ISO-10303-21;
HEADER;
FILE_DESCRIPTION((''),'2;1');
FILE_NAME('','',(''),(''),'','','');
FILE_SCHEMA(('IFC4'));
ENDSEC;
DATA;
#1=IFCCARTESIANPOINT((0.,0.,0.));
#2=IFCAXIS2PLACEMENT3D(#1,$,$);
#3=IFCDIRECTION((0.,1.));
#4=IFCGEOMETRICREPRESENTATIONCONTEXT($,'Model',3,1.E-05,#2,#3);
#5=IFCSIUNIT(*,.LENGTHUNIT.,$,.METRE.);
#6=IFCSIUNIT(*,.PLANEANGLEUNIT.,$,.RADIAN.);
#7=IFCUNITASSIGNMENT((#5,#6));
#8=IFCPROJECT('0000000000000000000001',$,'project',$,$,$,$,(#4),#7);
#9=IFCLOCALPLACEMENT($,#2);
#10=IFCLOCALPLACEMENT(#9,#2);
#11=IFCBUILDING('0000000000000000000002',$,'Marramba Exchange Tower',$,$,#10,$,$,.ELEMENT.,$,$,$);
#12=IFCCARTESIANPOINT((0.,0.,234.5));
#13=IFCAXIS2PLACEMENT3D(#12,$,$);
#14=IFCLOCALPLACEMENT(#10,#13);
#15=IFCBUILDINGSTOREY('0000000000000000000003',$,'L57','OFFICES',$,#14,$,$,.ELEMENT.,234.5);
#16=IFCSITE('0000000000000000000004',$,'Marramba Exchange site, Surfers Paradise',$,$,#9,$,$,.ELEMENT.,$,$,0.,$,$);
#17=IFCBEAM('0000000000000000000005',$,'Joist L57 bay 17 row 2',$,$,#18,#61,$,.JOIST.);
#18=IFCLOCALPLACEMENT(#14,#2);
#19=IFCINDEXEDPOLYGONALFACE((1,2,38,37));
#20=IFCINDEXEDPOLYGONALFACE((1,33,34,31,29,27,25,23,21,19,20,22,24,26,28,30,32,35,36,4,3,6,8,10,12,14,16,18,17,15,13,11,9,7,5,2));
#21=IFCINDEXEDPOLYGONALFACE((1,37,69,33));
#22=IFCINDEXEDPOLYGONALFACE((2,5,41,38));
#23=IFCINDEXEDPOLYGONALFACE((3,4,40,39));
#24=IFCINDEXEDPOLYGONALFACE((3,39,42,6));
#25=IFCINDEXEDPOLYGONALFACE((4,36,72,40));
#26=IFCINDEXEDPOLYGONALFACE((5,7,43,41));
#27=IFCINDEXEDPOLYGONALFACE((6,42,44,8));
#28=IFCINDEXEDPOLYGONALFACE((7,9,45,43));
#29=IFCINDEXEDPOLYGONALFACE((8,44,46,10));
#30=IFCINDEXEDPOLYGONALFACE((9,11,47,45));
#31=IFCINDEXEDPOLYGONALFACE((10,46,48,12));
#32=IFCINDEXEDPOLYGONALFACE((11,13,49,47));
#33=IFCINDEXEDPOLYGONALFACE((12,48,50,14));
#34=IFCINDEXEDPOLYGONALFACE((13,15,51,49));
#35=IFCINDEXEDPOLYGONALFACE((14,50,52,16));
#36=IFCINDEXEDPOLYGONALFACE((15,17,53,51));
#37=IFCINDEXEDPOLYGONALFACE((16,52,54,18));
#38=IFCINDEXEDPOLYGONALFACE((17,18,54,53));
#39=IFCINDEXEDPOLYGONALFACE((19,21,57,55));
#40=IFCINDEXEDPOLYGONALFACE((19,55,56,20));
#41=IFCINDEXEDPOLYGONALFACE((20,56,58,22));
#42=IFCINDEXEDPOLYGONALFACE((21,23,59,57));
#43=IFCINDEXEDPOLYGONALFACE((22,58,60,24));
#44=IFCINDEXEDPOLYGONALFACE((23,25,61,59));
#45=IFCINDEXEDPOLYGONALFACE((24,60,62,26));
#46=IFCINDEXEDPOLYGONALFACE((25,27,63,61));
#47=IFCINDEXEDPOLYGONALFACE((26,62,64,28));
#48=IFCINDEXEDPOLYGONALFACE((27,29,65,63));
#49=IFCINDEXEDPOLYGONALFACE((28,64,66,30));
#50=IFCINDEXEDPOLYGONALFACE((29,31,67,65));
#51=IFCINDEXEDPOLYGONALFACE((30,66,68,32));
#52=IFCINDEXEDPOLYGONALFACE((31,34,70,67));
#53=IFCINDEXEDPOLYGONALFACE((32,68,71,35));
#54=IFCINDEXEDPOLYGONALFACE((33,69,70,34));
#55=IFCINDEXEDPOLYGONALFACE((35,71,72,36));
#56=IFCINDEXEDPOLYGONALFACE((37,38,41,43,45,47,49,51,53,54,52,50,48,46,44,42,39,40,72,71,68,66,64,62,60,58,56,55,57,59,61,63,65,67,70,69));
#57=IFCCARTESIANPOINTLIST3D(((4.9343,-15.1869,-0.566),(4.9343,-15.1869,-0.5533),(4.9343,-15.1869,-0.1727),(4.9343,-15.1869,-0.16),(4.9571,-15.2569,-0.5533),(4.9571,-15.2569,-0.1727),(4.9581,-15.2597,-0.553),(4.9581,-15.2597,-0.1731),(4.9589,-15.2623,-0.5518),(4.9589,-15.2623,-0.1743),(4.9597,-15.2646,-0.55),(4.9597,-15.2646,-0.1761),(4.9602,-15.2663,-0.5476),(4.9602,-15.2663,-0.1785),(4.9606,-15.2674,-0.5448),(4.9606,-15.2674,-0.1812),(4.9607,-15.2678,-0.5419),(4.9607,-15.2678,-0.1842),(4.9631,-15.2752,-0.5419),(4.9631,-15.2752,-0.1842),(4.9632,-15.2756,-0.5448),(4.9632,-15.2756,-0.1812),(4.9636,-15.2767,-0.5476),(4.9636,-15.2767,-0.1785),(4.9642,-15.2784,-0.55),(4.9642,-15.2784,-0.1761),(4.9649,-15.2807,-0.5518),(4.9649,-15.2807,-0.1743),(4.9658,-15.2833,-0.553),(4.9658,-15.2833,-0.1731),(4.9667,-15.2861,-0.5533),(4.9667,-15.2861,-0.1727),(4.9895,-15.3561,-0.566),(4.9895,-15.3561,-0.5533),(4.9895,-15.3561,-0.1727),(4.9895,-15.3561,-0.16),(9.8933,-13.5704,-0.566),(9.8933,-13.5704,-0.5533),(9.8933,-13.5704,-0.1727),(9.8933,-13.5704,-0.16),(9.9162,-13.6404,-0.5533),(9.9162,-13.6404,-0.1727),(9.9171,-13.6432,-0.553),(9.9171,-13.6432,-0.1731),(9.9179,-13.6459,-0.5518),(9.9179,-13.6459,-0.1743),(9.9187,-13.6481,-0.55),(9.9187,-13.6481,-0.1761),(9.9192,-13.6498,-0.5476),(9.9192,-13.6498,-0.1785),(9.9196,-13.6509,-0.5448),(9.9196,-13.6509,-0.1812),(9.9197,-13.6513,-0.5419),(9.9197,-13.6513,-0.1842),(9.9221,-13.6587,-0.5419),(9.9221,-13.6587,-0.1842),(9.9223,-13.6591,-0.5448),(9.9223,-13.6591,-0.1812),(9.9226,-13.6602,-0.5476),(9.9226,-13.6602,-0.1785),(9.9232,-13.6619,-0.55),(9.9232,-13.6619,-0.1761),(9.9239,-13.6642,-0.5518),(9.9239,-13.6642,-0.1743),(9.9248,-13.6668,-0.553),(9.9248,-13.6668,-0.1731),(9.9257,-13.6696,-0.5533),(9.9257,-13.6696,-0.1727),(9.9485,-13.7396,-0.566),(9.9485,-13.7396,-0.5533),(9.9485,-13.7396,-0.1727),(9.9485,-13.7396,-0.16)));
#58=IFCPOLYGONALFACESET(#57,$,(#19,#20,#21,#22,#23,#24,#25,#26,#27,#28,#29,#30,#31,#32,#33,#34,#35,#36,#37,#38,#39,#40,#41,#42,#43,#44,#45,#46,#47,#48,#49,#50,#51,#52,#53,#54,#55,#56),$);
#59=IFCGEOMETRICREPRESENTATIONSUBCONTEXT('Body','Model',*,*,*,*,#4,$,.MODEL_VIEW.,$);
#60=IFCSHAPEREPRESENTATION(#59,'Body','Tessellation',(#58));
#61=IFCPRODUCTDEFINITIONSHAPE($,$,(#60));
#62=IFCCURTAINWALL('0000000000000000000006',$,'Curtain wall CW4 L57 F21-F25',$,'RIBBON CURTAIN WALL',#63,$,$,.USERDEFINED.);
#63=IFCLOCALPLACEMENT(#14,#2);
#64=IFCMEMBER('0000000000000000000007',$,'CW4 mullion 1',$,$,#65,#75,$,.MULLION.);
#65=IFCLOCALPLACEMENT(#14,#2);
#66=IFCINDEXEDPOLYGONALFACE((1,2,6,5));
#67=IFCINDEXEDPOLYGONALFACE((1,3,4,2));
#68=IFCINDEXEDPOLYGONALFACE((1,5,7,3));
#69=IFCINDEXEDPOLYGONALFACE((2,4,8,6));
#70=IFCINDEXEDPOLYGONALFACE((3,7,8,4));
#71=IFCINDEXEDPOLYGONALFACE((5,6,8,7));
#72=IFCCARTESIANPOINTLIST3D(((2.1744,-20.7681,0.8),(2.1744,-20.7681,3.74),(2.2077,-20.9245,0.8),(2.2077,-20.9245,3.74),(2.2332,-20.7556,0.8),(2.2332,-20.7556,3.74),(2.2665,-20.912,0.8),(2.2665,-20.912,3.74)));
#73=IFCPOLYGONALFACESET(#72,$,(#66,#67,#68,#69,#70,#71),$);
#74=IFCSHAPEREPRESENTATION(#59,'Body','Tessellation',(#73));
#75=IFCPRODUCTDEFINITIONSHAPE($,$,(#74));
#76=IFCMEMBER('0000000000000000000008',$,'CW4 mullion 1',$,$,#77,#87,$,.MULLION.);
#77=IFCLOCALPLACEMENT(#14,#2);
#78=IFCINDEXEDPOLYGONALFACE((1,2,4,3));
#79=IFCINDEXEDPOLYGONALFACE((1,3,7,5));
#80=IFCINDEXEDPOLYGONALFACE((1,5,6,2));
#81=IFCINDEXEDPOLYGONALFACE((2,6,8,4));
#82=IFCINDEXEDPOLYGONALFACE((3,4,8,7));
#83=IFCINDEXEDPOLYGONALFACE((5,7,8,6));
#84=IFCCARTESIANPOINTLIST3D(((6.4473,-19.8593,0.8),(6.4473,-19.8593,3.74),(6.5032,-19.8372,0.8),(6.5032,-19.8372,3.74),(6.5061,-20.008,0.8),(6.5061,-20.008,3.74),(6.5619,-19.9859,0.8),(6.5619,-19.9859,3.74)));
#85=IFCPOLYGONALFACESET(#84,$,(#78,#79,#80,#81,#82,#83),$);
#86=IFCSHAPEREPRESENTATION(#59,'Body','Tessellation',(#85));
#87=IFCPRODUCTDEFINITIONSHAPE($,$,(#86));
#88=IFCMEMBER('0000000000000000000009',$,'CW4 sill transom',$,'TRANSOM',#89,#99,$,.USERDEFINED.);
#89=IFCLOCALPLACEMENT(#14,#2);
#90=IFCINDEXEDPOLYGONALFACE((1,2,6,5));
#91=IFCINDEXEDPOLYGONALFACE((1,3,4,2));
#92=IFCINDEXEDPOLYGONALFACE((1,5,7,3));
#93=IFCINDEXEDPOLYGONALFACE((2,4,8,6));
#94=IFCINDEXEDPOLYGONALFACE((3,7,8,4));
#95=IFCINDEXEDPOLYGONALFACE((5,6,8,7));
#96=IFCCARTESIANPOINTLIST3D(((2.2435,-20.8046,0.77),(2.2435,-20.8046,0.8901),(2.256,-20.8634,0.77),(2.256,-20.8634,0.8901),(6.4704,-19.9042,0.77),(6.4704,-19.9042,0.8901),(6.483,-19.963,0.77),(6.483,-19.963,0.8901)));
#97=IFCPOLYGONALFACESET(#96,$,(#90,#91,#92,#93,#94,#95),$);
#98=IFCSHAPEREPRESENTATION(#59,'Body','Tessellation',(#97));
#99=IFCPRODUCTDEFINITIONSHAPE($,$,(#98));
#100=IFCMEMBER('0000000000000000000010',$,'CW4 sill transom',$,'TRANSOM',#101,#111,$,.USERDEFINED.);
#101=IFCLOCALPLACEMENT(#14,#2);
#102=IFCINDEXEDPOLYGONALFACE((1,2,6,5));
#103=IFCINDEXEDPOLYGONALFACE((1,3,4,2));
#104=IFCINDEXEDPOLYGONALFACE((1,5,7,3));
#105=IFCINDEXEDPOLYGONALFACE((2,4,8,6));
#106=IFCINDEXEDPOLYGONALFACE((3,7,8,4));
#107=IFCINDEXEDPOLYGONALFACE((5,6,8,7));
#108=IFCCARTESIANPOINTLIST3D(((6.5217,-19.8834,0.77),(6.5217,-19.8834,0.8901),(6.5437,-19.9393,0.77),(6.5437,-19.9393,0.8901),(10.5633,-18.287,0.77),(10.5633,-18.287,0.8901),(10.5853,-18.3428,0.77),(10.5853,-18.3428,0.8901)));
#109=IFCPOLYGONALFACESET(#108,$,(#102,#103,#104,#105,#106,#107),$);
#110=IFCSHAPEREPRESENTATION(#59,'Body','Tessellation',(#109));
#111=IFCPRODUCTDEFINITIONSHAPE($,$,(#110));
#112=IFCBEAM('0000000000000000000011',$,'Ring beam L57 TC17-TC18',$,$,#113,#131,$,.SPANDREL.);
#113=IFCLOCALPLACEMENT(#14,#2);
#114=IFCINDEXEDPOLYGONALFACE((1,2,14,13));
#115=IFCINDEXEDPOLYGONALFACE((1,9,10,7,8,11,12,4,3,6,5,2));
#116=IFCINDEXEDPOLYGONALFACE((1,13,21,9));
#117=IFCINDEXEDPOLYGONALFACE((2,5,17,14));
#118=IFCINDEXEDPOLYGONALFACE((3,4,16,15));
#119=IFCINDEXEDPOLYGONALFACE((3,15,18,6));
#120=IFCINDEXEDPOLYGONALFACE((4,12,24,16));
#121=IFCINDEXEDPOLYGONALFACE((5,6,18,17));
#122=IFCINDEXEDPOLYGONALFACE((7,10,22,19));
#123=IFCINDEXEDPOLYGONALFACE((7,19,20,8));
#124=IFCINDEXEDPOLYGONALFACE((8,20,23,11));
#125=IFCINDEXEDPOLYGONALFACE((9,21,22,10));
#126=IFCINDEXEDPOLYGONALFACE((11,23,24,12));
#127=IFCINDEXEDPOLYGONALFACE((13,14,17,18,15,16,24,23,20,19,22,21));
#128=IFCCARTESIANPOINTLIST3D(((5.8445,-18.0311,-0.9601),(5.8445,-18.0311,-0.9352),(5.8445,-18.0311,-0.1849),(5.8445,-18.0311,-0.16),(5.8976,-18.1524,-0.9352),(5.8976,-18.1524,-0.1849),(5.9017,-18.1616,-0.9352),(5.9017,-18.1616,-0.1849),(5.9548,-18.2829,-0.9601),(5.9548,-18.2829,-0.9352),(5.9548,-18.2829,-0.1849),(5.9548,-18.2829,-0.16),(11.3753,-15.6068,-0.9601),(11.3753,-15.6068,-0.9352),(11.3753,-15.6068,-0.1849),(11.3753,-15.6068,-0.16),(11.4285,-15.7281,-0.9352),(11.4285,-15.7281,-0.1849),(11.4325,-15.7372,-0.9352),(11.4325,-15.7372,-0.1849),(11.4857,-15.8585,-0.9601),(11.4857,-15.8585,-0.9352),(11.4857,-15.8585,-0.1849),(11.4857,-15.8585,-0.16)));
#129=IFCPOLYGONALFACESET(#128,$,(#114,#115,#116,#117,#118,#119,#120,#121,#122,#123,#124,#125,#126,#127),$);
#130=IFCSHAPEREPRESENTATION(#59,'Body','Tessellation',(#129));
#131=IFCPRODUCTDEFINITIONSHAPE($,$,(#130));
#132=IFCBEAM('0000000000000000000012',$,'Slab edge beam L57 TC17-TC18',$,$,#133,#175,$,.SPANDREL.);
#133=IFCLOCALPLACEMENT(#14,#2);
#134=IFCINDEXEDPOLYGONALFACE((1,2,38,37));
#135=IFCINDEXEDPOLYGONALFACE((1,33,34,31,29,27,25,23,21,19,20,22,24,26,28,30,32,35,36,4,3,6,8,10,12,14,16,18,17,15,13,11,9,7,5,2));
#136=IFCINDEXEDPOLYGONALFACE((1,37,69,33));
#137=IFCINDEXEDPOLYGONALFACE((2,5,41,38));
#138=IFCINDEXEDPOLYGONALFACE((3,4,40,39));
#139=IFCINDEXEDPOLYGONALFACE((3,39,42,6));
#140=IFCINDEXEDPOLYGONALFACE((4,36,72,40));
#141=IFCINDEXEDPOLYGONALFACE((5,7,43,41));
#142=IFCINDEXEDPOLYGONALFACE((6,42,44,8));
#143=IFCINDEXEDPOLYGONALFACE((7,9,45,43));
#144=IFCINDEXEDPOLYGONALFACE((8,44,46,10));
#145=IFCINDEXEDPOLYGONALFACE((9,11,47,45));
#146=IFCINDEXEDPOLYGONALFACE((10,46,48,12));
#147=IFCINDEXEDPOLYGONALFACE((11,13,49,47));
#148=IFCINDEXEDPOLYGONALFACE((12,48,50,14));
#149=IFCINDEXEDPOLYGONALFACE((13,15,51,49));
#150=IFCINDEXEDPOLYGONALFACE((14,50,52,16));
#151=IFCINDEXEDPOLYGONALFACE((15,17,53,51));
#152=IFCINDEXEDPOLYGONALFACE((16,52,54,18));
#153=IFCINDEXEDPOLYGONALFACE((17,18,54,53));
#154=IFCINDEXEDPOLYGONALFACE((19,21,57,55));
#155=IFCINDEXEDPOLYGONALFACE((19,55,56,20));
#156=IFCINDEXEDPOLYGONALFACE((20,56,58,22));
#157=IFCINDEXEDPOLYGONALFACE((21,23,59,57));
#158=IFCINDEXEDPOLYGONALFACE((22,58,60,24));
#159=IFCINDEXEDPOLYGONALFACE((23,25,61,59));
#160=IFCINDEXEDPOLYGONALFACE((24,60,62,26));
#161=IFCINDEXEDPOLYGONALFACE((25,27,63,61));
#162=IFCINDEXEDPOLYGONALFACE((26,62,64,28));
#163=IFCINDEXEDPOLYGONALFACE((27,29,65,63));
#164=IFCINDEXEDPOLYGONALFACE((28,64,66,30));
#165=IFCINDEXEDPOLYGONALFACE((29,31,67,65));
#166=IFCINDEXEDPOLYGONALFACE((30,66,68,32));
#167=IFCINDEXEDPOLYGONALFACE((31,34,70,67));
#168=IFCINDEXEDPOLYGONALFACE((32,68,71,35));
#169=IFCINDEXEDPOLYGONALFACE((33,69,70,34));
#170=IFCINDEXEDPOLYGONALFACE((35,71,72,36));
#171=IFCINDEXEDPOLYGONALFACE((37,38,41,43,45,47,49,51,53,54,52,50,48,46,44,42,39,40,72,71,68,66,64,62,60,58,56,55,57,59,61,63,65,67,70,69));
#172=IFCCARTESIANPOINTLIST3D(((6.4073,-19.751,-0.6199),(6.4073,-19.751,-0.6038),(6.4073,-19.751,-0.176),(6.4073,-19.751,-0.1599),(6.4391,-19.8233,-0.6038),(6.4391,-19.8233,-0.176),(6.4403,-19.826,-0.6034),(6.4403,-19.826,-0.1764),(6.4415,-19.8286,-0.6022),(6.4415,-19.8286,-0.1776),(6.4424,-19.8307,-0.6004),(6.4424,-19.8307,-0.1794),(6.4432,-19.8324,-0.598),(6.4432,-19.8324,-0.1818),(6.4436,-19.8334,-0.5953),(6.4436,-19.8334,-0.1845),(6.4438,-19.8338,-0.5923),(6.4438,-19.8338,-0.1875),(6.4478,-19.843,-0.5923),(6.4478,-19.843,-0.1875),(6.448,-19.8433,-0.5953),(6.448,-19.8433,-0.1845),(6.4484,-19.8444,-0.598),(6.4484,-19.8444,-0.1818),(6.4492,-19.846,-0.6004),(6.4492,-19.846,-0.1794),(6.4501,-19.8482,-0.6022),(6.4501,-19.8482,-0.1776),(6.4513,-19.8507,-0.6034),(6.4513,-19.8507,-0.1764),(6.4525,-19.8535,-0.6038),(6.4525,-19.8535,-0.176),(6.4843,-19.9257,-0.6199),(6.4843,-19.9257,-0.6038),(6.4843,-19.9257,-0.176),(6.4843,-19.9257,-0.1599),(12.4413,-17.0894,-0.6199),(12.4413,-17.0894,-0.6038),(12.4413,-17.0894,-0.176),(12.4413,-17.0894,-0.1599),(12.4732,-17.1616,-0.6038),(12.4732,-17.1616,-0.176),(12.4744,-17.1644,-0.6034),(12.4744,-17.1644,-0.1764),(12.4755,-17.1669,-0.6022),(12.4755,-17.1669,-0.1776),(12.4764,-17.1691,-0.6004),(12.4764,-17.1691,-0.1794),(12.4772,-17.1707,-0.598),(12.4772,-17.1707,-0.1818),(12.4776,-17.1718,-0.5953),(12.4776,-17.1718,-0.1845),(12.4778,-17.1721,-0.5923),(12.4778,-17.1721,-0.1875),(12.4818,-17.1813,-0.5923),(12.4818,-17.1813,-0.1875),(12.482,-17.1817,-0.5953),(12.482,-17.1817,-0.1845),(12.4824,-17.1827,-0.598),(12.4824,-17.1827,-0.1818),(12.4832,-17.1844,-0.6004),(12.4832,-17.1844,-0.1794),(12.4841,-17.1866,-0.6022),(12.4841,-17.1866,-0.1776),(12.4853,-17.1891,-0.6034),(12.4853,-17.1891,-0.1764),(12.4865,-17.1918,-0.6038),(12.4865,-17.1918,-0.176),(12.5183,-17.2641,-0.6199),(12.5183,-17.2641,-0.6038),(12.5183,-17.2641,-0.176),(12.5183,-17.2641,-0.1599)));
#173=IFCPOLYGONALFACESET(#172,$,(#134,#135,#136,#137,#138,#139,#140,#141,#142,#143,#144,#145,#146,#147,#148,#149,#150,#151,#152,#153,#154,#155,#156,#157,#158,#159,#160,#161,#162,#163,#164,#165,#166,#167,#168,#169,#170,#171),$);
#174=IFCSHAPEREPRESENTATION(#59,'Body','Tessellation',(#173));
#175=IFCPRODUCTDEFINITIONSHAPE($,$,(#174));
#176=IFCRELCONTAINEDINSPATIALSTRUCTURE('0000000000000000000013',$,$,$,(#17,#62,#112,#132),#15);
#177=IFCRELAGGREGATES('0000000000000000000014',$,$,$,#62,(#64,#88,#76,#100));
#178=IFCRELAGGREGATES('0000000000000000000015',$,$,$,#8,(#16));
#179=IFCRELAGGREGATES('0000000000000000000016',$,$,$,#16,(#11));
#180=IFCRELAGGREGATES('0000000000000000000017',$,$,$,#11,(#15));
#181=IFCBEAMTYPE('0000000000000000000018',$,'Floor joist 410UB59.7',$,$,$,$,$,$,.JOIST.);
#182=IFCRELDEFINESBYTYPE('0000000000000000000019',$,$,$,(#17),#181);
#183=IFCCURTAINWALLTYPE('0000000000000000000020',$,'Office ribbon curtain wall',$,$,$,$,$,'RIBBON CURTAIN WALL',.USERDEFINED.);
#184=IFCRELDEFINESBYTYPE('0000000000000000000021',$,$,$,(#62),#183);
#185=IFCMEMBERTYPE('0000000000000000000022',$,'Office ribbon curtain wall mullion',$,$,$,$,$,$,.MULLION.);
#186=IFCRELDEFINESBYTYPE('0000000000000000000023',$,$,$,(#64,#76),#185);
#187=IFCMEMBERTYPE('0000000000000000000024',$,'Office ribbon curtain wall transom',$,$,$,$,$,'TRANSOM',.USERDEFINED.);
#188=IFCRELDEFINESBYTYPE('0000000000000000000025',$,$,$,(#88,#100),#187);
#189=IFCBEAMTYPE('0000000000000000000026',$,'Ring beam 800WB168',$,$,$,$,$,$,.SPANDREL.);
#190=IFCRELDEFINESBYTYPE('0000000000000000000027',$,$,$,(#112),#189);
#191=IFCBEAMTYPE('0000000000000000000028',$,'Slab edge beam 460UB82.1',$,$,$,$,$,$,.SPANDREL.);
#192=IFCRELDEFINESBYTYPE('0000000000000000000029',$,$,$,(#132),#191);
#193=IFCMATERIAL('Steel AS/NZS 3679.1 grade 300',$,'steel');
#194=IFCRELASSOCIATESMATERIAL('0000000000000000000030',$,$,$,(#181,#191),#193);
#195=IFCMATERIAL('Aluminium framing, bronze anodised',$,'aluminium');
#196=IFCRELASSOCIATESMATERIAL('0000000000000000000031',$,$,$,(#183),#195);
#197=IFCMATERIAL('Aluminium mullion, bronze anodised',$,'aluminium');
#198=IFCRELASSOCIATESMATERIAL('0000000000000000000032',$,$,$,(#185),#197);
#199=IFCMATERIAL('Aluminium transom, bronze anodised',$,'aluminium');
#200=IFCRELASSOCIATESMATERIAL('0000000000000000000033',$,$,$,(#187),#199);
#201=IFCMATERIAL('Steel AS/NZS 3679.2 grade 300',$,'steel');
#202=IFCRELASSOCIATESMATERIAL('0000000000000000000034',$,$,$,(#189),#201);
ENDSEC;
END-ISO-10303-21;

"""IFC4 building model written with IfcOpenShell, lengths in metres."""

from ifc_helpers import new_model, si_unit, direction, frame, origin, origin_2d, place, context, subcontext, project, spatial, rectangle, i_section, extrude, material, material_profile, profile_set, type_object, element, aggregate, save


model = new_model("IFC4")

# Units and contexts
model_context = context("Model", 3, precision=1e-05, world=origin(), true_north=direction((0.0, 1.0)))
body_context = subcontext(model_context, "Body", "Model", "MODEL_VIEW")
ifc_project = project(units=[si_unit("LENGTHUNIT", "METRE"), si_unit("PLANEANGLEUNIT", "RADIAN")], contexts=[model_context])

# Site, building, storey
site_placement = place(None, origin())
site = spatial("IfcSite", under=ifc_project, at=site_placement, Name="Marramba Exchange site, Surfers Paradise", CompositionType="ELEMENT", RefElevation=0.0)
building_placement = place(site_placement, origin())
building = spatial("IfcBuilding", under=site, at=building_placement, Name="Marramba Exchange Tower", CompositionType="ELEMENT")
storey_placement = place(building_placement, frame((0.0, 0.0, 234.5)))
storey = spatial("IfcBuildingStorey", under=building, at=storey_placement, Name="L57", Description="OFFICES", CompositionType="ELEMENT", Elevation=234.5)

# Beam
ifc_material_1 = material(Name="Steel AS/NZS 3679.2 grade 300", Category="steel")
ifc_material_2 = material(Name="Steel AS/NZS 3679.1 grade 300", Category="steel")
ifc_material_profile_1 = material_profile(ifc_material_2, i_section(OverallWidth=0.178, OverallDepth=0.406, WebThickness=0.0078, FlangeThickness=0.0127, FilletRadius=0.0115, at=origin_2d()), Name="410UB59.7")
ifc_profile_set_1 = profile_set([ifc_material_profile_1], Name="Steel AS/NZS 3679.1 grade 300")
beam_type_1 = type_object("IfcBeamType", Name="Floor joist 410UB59.7", PredefinedType="JOIST", material=ifc_profile_set_1)
beam_1_placement = place(storey_placement, frame((4.9619, -15.2715, -0.363), z_axis=(0.950764, 0.309916, 0.0), x_axis=(-0.309916, 0.950764, 0.0)))
element("IfcBeam", 1, at=beam_1_placement, inside=storey, type_object=beam_type_1, Name="Joist L57 bay 17 row 2", PredefinedType="JOIST", context=body_context, shape_type="SweptSolid", body=[
    extrude(i_section(OverallWidth=0.178, OverallDepth=0.406, WebThickness=0.0078, FlangeThickness=0.0127, FilletRadius=0.0115, at=origin_2d()), origin(), (0.0, 0.0, 1.0), 5.2158),
])

# Curtain wall, members
ifc_material_3 = material(Name="Aluminium framing, bronze anodised", Category="aluminium")
curtain_wall_type = type_object("IfcCurtainWallType", Name="Office ribbon curtain wall", ElementType="RIBBON CURTAIN WALL", PredefinedType="USERDEFINED", material=ifc_material_3)
curtain_wall_placement = place(storey_placement, origin())
curtain_wall = element("IfcCurtainWall", 2, at=curtain_wall_placement, inside=storey, type_object=curtain_wall_type, Name="Curtain wall CW4 L57 F21-F25", ObjectType="RIBBON CURTAIN WALL", PredefinedType="USERDEFINED")
ifc_material_4 = material(Name="Aluminium mullion, bronze anodised", Category="aluminium")
ifc_material_profile_2 = material_profile(ifc_material_4, rectangle(XDim=0.1599, YDim=0.0601, at=origin_2d()), Name="CW4 mullion 60x160")
ifc_profile_set_2 = profile_set([ifc_material_profile_2], Name="Aluminium mullion, bronze anodised")
member_type_1 = type_object("IfcMemberType", Name="Office ribbon curtain wall mullion", PredefinedType="MULLION", material=ifc_profile_set_2)
member_1_placement = place(storey_placement, frame((2.2205, -20.8401, 0.8), z_axis=(0.0, 0.0, 1.0), x_axis=(-0.208332, 0.978058, 0.0)))
member_1 = element("IfcMember", 3, at=member_1_placement, type_object=member_type_1, Name="CW4 mullion 1", PredefinedType="MULLION", context=body_context, shape_type="SweptSolid", body=[
    extrude(rectangle(XDim=0.1599, YDim=0.0601, at=origin_2d()), origin(), (0.0, 0.0, 1.0), 2.9399),
])
member_2_placement = place(storey_placement, frame((6.5046, -19.9226, 0.8), z_axis=(0.0, 0.0, 1.0), x_axis=(-0.367375, 0.930073, 0.0)))
member_2 = element("IfcMember", 4, at=member_2_placement, type_object=member_type_1, Name="CW4 mullion 1", PredefinedType="MULLION", context=body_context, shape_type="SweptSolid", body=[
    extrude(rectangle(XDim=0.1599, YDim=0.0601, at=origin_2d()), origin(), (0.0, 0.0, 1.0), 2.9399),
])
ifc_material_5 = material(Name="Aluminium transom, bronze anodised", Category="aluminium")
ifc_material_profile_3 = material_profile(ifc_material_5, rectangle(XDim=0.0601, YDim=0.1201, at=origin_2d()), Name="CW4 transom 60x120")
ifc_profile_set_3 = profile_set([ifc_material_profile_3], Name="Aluminium transom, bronze anodised")
member_type_2 = type_object("IfcMemberType", Name="Office ribbon curtain wall transom", ElementType="TRANSOM", PredefinedType="USERDEFINED", material=ifc_profile_set_3)
member_3_placement = place(storey_placement, frame((2.2498, -20.834, 0.8301), z_axis=(0.978058, 0.208333, 0.0), x_axis=(-0.208333, 0.978058, 0.0)))
member_3 = element("IfcMember", 5, at=member_3_placement, type_object=member_type_2, Name="CW4 sill transom", ObjectType="TRANSOM", PredefinedType="USERDEFINED", context=body_context, shape_type="SweptSolid", body=[
    extrude(rectangle(XDim=0.0601, YDim=0.1201, at=origin_2d()), origin(), (0.0, 0.0, 1.0), 4.3218),
])
member_4_placement = place(storey_placement, frame((6.5327, -19.9114, 0.8301), z_axis=(0.930068, 0.367387, 0.0), x_axis=(-0.367387, 0.930068, 0.0)))
member_4 = element("IfcMember", 6, at=member_4_placement, type_object=member_type_2, Name="CW4 sill transom", ObjectType="TRANSOM", PredefinedType="USERDEFINED", context=body_context, shape_type="SweptSolid", body=[
    extrude(rectangle(XDim=0.0601, YDim=0.1201, at=origin_2d()), origin(), (0.0, 0.0, 1.0), 4.3455),
])

# Beams
ifc_material_profile_4 = material_profile(ifc_material_1, i_section(OverallWidth=0.2749, OverallDepth=0.8, WebThickness=0.01, FlangeThickness=0.0249, at=origin_2d()), Name="800WB168")
ifc_profile_set_4 = profile_set([ifc_material_profile_4], Name="Steel AS/NZS 3679.2 grade 300")
beam_type_2 = type_object("IfcBeamType", Name="Ring beam 800WB168", PredefinedType="SPANDREL", material=ifc_profile_set_4)
beam_2_placement = place(storey_placement, frame((5.8997, -18.157, -0.5601), z_axis=(0.915877, 0.401459, 0.0), x_axis=(-0.401459, 0.915877, 0.0)))
element("IfcBeam", 7, at=beam_2_placement, inside=storey, type_object=beam_type_2, Name="Ring beam L57 TC17-TC18", PredefinedType="SPANDREL", context=body_context, shape_type="SweptSolid", body=[
    extrude(i_section(OverallWidth=0.2749, OverallDepth=0.8, WebThickness=0.01, FlangeThickness=0.0249, at=origin_2d()), origin(), (0.0, 0.0, 1.0), 6.0388),
])
ifc_material_profile_5 = material_profile(ifc_material_2, i_section(OverallWidth=0.1909, OverallDepth=0.46, WebThickness=0.01, FlangeThickness=0.0161, FilletRadius=0.0115, at=origin_2d()), Name="460UB82.1")
ifc_profile_set_5 = profile_set([ifc_material_profile_5], Name="Steel AS/NZS 3679.1 grade 300")
beam_type_3 = type_object("IfcBeamType", Name="Slab edge beam 460UB82.1", PredefinedType="SPANDREL", material=ifc_profile_set_5)
beam_3_placement = place(storey_placement, frame((6.4458, -19.8384, -0.3899), z_axis=(0.914941, 0.403588, 0.0), x_axis=(-0.403588, 0.914941, 0.0)))
element("IfcBeam", 8, at=beam_3_placement, inside=storey, type_object=beam_type_3, Name="Slab edge beam L57 TC17-TC18", PredefinedType="SPANDREL", context=body_context, shape_type="SweptSolid", body=[
    extrude(i_section(OverallWidth=0.1909, OverallDepth=0.46, WebThickness=0.01, FlangeThickness=0.0161, FilletRadius=0.0115, at=origin_2d()), origin(), (0.0, 0.0, 1.0), 6.595),
])

aggregate(curtain_wall, [member_1, member_3, member_2, member_4])

save(model, "model.ifc")
